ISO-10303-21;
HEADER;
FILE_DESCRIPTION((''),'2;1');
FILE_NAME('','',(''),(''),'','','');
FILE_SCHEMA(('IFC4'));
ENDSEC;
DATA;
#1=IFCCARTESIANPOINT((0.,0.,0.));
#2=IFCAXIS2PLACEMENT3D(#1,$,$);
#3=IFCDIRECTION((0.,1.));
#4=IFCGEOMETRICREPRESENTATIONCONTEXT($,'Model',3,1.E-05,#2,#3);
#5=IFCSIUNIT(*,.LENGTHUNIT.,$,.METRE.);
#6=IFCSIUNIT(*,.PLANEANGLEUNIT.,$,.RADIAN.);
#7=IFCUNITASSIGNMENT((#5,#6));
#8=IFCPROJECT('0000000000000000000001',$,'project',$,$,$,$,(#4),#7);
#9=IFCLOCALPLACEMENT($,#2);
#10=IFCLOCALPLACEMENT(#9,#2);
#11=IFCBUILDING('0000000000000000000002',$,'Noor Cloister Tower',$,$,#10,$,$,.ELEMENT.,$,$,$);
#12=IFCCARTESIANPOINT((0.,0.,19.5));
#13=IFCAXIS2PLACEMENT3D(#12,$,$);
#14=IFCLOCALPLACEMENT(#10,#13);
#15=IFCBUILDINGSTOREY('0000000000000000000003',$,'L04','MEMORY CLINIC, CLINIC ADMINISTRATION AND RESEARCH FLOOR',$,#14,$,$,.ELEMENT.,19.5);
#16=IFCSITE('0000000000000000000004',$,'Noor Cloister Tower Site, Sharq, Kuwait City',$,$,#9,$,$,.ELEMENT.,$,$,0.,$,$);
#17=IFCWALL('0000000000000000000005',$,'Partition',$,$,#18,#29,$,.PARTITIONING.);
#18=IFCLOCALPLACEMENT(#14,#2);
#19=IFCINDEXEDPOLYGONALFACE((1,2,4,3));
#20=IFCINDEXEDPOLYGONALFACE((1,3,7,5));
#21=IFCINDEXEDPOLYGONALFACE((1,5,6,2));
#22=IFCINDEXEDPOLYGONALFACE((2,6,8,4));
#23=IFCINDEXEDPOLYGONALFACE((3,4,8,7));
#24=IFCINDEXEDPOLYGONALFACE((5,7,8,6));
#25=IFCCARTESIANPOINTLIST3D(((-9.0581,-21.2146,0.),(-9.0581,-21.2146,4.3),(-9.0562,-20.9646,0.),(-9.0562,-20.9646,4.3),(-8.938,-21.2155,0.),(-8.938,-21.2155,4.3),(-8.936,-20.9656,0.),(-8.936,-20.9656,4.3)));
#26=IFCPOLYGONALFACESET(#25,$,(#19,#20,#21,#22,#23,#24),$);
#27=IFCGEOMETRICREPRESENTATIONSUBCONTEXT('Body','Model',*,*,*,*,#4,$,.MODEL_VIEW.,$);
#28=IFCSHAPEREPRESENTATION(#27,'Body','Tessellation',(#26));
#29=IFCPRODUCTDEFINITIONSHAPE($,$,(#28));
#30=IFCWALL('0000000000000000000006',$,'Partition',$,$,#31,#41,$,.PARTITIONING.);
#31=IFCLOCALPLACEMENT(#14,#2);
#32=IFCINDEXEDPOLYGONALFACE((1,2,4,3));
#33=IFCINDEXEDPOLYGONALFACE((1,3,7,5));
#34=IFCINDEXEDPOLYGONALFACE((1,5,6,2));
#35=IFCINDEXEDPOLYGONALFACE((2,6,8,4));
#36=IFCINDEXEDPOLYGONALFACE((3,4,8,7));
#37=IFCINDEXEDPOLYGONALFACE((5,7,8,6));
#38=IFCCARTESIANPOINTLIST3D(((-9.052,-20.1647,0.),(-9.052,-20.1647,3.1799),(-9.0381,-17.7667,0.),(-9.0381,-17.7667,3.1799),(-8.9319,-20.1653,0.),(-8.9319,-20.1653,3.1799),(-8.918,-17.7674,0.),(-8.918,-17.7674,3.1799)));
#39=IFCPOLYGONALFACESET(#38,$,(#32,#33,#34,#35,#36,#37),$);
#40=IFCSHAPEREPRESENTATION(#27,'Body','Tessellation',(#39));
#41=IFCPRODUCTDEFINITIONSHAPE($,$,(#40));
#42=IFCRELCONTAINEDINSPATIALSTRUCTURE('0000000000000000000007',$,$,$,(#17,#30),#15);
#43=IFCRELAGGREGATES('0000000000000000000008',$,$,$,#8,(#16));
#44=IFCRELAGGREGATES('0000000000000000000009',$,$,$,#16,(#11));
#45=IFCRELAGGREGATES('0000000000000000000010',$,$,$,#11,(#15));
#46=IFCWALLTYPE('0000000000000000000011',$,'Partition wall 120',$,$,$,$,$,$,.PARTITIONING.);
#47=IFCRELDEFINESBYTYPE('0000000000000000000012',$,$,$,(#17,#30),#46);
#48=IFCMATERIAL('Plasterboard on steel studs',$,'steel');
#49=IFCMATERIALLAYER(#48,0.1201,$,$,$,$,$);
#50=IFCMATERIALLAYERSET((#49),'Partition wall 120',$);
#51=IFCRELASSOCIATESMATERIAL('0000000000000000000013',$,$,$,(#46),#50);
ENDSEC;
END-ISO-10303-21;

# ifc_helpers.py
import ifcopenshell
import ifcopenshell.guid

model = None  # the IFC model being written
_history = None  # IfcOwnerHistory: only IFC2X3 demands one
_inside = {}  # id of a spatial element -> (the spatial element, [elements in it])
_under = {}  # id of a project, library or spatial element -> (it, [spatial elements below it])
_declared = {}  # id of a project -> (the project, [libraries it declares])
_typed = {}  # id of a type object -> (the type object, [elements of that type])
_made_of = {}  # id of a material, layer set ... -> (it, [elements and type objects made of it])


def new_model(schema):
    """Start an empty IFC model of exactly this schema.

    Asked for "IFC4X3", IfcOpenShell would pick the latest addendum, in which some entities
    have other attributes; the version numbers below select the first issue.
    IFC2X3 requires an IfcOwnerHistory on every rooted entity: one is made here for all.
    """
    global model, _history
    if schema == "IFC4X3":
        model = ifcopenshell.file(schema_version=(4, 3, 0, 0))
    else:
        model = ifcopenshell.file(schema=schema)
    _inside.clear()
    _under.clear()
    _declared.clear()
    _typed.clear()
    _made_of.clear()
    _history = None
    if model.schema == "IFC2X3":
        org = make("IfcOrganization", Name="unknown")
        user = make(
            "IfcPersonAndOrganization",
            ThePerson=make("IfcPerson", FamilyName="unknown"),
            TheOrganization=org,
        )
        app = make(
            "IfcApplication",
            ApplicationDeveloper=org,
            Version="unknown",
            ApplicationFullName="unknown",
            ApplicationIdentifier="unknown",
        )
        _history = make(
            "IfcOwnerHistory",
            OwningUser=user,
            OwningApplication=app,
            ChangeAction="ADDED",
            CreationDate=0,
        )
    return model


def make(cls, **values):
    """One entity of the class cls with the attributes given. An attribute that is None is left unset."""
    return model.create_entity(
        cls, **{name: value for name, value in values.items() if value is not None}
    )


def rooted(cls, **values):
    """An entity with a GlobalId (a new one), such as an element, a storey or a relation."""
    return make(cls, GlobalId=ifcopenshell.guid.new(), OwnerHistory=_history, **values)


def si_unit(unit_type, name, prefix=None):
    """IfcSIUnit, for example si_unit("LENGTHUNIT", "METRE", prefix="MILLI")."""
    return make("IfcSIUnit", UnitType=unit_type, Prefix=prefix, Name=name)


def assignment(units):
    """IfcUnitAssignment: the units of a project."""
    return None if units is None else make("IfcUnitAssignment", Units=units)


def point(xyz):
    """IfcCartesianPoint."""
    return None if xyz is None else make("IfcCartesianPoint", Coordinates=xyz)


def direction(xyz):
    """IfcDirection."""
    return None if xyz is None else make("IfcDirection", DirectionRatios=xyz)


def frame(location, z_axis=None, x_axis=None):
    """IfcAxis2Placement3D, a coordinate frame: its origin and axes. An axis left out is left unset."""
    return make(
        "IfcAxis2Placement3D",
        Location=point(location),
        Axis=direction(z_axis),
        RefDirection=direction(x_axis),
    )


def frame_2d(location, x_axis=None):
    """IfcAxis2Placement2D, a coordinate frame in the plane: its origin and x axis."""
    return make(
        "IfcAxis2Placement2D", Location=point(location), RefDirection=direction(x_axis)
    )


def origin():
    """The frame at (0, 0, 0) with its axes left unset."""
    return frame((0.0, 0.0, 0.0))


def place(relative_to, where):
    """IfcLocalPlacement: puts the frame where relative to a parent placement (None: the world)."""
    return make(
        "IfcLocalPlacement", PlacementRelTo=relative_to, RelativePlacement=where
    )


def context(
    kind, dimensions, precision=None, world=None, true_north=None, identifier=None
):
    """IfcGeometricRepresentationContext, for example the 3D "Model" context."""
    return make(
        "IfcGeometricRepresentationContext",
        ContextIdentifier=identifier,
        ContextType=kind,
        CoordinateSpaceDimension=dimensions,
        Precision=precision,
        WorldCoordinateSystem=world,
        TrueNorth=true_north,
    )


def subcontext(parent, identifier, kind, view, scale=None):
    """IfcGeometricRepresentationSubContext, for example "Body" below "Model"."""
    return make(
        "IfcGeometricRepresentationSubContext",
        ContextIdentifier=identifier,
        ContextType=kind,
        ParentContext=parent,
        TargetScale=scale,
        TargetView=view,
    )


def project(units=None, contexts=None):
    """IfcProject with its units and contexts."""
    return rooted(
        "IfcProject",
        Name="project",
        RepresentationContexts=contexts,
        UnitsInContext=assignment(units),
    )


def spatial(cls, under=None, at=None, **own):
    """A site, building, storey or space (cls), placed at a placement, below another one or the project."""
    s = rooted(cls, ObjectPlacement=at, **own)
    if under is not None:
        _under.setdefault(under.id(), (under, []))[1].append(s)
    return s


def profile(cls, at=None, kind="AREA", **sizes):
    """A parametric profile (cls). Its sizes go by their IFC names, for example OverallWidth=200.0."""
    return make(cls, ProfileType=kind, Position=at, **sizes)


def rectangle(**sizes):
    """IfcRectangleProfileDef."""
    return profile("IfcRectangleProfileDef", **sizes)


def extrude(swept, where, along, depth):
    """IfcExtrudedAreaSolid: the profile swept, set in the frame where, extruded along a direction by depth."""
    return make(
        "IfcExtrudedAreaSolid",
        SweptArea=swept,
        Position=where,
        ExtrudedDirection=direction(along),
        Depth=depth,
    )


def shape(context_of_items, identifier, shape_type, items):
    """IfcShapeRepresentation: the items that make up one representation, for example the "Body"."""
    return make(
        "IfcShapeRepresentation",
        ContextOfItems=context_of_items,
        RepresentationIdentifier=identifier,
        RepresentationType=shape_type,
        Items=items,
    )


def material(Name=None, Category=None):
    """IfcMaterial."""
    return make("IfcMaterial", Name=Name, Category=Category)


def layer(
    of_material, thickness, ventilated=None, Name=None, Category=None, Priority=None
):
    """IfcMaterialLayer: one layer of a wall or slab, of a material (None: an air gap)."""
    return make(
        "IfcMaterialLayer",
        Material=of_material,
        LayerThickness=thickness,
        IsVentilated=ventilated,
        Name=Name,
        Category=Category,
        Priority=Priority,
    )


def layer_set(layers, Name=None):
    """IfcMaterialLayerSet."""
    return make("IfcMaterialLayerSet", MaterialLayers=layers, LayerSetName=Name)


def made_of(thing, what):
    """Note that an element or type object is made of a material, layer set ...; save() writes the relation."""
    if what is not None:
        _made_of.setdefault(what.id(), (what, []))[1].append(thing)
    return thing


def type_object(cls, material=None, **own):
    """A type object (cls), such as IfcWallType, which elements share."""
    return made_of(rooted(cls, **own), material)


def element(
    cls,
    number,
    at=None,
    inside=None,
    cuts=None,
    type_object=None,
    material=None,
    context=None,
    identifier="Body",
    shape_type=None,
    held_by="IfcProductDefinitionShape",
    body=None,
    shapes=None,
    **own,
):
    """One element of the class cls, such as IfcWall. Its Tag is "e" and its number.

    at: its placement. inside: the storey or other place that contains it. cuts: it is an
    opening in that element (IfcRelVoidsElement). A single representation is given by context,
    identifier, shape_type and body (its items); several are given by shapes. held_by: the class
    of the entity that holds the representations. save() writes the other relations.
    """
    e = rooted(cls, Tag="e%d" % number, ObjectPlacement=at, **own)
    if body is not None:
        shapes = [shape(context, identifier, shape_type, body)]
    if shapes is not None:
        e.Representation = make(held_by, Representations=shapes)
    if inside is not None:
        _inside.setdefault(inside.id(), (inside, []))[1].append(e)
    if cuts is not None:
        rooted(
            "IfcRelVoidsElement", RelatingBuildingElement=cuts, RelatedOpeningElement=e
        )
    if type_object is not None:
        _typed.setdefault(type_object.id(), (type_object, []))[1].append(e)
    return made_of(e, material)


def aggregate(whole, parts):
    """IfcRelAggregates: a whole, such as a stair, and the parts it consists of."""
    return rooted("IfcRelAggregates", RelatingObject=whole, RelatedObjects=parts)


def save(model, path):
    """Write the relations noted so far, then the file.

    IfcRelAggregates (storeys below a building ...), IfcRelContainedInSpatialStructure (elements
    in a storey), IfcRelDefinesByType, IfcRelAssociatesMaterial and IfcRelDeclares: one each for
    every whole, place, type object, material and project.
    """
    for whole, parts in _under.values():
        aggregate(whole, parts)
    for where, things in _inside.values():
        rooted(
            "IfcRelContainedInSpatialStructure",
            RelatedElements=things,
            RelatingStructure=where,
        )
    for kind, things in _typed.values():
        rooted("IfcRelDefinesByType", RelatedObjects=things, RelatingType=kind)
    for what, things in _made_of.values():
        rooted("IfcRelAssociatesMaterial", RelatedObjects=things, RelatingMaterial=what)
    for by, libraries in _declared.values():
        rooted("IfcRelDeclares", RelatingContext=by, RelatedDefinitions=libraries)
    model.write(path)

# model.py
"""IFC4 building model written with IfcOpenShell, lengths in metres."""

from ifc_helpers import new_model, si_unit, direction, frame, frame_2d, origin, place, context, subcontext, project, spatial, rectangle, extrude, material, layer, layer_set, type_object, element, save


model = new_model("IFC4")

# Units and contexts
model_context = context("Model", 3, precision=1e-05, world=origin(), true_north=direction((0.0, 1.0)))
body_context = subcontext(model_context, "Body", "Model", "MODEL_VIEW")
ifc_project = project(units=[si_unit("LENGTHUNIT", "METRE"), si_unit("PLANEANGLEUNIT", "RADIAN")], contexts=[model_context])

# Site, building, storey
site_placement = place(None, origin())
site = spatial("IfcSite", under=ifc_project, at=site_placement, Name="Noor Cloister Tower Site, Sharq, Kuwait City", CompositionType="ELEMENT", RefElevation=0.0)
building_placement = place(site_placement, origin())
building = spatial("IfcBuilding", under=site, at=building_placement, Name="Noor Cloister Tower", CompositionType="ELEMENT")
storey_placement = place(building_placement, frame((0.0, 0.0, 19.5)))
storey = spatial("IfcBuildingStorey", under=building, at=storey_placement, Name="L04", Description="MEMORY CLINIC, CLINIC ADMINISTRATION AND RESEARCH FLOOR", CompositionType="ELEMENT", Elevation=19.5)

# Walls
ifc_material_1 = material(Name="Plasterboard on steel studs", Category="steel")
ifc_layer_1 = layer(ifc_material_1, 0.1201)
ifc_layer_set_1 = layer_set([ifc_layer_1], Name="Partition wall 120")
wall_type_1 = type_object("IfcWallType", Name="Partition wall 120", PredefinedType="PARTITIONING", material=ifc_layer_set_1)
wall_1_placement = place(storey_placement, frame((-8.9961, -20.9651, 0.0), z_axis=(0.0, 0.0, 1.0), x_axis=(-0.007812, -0.999969, 0.0)))
element("IfcWall", 1, at=wall_1_placement, inside=storey, type_object=wall_type_1, Name="Partition", PredefinedType="PARTITIONING", context=body_context, shape_type="SweptSolid", body=[
    extrude(rectangle(XDim=0.25, YDim=0.1201, at=frame_2d((0.125, 0.0))), origin(), (0.0, 0.0, 1.0), 4.3),
])
wall_2_placement = place(storey_placement, frame((-8.978, -17.7671, 0.0), z_axis=(0.0, 0.0, 1.0), x_axis=(-0.005803, -0.999983, 0.0)))
element("IfcWall", 2, at=wall_2_placement, inside=storey, type_object=wall_type_1, Name="Partition", PredefinedType="PARTITIONING", context=body_context, shape_type="SweptSolid", body=[
    extrude(rectangle(XDim=2.3979, YDim=0.1201, at=frame_2d((1.199, 0.0))), origin(), (0.0, 0.0, 1.0), 3.1799),
])

save(model, "model.ifc")
